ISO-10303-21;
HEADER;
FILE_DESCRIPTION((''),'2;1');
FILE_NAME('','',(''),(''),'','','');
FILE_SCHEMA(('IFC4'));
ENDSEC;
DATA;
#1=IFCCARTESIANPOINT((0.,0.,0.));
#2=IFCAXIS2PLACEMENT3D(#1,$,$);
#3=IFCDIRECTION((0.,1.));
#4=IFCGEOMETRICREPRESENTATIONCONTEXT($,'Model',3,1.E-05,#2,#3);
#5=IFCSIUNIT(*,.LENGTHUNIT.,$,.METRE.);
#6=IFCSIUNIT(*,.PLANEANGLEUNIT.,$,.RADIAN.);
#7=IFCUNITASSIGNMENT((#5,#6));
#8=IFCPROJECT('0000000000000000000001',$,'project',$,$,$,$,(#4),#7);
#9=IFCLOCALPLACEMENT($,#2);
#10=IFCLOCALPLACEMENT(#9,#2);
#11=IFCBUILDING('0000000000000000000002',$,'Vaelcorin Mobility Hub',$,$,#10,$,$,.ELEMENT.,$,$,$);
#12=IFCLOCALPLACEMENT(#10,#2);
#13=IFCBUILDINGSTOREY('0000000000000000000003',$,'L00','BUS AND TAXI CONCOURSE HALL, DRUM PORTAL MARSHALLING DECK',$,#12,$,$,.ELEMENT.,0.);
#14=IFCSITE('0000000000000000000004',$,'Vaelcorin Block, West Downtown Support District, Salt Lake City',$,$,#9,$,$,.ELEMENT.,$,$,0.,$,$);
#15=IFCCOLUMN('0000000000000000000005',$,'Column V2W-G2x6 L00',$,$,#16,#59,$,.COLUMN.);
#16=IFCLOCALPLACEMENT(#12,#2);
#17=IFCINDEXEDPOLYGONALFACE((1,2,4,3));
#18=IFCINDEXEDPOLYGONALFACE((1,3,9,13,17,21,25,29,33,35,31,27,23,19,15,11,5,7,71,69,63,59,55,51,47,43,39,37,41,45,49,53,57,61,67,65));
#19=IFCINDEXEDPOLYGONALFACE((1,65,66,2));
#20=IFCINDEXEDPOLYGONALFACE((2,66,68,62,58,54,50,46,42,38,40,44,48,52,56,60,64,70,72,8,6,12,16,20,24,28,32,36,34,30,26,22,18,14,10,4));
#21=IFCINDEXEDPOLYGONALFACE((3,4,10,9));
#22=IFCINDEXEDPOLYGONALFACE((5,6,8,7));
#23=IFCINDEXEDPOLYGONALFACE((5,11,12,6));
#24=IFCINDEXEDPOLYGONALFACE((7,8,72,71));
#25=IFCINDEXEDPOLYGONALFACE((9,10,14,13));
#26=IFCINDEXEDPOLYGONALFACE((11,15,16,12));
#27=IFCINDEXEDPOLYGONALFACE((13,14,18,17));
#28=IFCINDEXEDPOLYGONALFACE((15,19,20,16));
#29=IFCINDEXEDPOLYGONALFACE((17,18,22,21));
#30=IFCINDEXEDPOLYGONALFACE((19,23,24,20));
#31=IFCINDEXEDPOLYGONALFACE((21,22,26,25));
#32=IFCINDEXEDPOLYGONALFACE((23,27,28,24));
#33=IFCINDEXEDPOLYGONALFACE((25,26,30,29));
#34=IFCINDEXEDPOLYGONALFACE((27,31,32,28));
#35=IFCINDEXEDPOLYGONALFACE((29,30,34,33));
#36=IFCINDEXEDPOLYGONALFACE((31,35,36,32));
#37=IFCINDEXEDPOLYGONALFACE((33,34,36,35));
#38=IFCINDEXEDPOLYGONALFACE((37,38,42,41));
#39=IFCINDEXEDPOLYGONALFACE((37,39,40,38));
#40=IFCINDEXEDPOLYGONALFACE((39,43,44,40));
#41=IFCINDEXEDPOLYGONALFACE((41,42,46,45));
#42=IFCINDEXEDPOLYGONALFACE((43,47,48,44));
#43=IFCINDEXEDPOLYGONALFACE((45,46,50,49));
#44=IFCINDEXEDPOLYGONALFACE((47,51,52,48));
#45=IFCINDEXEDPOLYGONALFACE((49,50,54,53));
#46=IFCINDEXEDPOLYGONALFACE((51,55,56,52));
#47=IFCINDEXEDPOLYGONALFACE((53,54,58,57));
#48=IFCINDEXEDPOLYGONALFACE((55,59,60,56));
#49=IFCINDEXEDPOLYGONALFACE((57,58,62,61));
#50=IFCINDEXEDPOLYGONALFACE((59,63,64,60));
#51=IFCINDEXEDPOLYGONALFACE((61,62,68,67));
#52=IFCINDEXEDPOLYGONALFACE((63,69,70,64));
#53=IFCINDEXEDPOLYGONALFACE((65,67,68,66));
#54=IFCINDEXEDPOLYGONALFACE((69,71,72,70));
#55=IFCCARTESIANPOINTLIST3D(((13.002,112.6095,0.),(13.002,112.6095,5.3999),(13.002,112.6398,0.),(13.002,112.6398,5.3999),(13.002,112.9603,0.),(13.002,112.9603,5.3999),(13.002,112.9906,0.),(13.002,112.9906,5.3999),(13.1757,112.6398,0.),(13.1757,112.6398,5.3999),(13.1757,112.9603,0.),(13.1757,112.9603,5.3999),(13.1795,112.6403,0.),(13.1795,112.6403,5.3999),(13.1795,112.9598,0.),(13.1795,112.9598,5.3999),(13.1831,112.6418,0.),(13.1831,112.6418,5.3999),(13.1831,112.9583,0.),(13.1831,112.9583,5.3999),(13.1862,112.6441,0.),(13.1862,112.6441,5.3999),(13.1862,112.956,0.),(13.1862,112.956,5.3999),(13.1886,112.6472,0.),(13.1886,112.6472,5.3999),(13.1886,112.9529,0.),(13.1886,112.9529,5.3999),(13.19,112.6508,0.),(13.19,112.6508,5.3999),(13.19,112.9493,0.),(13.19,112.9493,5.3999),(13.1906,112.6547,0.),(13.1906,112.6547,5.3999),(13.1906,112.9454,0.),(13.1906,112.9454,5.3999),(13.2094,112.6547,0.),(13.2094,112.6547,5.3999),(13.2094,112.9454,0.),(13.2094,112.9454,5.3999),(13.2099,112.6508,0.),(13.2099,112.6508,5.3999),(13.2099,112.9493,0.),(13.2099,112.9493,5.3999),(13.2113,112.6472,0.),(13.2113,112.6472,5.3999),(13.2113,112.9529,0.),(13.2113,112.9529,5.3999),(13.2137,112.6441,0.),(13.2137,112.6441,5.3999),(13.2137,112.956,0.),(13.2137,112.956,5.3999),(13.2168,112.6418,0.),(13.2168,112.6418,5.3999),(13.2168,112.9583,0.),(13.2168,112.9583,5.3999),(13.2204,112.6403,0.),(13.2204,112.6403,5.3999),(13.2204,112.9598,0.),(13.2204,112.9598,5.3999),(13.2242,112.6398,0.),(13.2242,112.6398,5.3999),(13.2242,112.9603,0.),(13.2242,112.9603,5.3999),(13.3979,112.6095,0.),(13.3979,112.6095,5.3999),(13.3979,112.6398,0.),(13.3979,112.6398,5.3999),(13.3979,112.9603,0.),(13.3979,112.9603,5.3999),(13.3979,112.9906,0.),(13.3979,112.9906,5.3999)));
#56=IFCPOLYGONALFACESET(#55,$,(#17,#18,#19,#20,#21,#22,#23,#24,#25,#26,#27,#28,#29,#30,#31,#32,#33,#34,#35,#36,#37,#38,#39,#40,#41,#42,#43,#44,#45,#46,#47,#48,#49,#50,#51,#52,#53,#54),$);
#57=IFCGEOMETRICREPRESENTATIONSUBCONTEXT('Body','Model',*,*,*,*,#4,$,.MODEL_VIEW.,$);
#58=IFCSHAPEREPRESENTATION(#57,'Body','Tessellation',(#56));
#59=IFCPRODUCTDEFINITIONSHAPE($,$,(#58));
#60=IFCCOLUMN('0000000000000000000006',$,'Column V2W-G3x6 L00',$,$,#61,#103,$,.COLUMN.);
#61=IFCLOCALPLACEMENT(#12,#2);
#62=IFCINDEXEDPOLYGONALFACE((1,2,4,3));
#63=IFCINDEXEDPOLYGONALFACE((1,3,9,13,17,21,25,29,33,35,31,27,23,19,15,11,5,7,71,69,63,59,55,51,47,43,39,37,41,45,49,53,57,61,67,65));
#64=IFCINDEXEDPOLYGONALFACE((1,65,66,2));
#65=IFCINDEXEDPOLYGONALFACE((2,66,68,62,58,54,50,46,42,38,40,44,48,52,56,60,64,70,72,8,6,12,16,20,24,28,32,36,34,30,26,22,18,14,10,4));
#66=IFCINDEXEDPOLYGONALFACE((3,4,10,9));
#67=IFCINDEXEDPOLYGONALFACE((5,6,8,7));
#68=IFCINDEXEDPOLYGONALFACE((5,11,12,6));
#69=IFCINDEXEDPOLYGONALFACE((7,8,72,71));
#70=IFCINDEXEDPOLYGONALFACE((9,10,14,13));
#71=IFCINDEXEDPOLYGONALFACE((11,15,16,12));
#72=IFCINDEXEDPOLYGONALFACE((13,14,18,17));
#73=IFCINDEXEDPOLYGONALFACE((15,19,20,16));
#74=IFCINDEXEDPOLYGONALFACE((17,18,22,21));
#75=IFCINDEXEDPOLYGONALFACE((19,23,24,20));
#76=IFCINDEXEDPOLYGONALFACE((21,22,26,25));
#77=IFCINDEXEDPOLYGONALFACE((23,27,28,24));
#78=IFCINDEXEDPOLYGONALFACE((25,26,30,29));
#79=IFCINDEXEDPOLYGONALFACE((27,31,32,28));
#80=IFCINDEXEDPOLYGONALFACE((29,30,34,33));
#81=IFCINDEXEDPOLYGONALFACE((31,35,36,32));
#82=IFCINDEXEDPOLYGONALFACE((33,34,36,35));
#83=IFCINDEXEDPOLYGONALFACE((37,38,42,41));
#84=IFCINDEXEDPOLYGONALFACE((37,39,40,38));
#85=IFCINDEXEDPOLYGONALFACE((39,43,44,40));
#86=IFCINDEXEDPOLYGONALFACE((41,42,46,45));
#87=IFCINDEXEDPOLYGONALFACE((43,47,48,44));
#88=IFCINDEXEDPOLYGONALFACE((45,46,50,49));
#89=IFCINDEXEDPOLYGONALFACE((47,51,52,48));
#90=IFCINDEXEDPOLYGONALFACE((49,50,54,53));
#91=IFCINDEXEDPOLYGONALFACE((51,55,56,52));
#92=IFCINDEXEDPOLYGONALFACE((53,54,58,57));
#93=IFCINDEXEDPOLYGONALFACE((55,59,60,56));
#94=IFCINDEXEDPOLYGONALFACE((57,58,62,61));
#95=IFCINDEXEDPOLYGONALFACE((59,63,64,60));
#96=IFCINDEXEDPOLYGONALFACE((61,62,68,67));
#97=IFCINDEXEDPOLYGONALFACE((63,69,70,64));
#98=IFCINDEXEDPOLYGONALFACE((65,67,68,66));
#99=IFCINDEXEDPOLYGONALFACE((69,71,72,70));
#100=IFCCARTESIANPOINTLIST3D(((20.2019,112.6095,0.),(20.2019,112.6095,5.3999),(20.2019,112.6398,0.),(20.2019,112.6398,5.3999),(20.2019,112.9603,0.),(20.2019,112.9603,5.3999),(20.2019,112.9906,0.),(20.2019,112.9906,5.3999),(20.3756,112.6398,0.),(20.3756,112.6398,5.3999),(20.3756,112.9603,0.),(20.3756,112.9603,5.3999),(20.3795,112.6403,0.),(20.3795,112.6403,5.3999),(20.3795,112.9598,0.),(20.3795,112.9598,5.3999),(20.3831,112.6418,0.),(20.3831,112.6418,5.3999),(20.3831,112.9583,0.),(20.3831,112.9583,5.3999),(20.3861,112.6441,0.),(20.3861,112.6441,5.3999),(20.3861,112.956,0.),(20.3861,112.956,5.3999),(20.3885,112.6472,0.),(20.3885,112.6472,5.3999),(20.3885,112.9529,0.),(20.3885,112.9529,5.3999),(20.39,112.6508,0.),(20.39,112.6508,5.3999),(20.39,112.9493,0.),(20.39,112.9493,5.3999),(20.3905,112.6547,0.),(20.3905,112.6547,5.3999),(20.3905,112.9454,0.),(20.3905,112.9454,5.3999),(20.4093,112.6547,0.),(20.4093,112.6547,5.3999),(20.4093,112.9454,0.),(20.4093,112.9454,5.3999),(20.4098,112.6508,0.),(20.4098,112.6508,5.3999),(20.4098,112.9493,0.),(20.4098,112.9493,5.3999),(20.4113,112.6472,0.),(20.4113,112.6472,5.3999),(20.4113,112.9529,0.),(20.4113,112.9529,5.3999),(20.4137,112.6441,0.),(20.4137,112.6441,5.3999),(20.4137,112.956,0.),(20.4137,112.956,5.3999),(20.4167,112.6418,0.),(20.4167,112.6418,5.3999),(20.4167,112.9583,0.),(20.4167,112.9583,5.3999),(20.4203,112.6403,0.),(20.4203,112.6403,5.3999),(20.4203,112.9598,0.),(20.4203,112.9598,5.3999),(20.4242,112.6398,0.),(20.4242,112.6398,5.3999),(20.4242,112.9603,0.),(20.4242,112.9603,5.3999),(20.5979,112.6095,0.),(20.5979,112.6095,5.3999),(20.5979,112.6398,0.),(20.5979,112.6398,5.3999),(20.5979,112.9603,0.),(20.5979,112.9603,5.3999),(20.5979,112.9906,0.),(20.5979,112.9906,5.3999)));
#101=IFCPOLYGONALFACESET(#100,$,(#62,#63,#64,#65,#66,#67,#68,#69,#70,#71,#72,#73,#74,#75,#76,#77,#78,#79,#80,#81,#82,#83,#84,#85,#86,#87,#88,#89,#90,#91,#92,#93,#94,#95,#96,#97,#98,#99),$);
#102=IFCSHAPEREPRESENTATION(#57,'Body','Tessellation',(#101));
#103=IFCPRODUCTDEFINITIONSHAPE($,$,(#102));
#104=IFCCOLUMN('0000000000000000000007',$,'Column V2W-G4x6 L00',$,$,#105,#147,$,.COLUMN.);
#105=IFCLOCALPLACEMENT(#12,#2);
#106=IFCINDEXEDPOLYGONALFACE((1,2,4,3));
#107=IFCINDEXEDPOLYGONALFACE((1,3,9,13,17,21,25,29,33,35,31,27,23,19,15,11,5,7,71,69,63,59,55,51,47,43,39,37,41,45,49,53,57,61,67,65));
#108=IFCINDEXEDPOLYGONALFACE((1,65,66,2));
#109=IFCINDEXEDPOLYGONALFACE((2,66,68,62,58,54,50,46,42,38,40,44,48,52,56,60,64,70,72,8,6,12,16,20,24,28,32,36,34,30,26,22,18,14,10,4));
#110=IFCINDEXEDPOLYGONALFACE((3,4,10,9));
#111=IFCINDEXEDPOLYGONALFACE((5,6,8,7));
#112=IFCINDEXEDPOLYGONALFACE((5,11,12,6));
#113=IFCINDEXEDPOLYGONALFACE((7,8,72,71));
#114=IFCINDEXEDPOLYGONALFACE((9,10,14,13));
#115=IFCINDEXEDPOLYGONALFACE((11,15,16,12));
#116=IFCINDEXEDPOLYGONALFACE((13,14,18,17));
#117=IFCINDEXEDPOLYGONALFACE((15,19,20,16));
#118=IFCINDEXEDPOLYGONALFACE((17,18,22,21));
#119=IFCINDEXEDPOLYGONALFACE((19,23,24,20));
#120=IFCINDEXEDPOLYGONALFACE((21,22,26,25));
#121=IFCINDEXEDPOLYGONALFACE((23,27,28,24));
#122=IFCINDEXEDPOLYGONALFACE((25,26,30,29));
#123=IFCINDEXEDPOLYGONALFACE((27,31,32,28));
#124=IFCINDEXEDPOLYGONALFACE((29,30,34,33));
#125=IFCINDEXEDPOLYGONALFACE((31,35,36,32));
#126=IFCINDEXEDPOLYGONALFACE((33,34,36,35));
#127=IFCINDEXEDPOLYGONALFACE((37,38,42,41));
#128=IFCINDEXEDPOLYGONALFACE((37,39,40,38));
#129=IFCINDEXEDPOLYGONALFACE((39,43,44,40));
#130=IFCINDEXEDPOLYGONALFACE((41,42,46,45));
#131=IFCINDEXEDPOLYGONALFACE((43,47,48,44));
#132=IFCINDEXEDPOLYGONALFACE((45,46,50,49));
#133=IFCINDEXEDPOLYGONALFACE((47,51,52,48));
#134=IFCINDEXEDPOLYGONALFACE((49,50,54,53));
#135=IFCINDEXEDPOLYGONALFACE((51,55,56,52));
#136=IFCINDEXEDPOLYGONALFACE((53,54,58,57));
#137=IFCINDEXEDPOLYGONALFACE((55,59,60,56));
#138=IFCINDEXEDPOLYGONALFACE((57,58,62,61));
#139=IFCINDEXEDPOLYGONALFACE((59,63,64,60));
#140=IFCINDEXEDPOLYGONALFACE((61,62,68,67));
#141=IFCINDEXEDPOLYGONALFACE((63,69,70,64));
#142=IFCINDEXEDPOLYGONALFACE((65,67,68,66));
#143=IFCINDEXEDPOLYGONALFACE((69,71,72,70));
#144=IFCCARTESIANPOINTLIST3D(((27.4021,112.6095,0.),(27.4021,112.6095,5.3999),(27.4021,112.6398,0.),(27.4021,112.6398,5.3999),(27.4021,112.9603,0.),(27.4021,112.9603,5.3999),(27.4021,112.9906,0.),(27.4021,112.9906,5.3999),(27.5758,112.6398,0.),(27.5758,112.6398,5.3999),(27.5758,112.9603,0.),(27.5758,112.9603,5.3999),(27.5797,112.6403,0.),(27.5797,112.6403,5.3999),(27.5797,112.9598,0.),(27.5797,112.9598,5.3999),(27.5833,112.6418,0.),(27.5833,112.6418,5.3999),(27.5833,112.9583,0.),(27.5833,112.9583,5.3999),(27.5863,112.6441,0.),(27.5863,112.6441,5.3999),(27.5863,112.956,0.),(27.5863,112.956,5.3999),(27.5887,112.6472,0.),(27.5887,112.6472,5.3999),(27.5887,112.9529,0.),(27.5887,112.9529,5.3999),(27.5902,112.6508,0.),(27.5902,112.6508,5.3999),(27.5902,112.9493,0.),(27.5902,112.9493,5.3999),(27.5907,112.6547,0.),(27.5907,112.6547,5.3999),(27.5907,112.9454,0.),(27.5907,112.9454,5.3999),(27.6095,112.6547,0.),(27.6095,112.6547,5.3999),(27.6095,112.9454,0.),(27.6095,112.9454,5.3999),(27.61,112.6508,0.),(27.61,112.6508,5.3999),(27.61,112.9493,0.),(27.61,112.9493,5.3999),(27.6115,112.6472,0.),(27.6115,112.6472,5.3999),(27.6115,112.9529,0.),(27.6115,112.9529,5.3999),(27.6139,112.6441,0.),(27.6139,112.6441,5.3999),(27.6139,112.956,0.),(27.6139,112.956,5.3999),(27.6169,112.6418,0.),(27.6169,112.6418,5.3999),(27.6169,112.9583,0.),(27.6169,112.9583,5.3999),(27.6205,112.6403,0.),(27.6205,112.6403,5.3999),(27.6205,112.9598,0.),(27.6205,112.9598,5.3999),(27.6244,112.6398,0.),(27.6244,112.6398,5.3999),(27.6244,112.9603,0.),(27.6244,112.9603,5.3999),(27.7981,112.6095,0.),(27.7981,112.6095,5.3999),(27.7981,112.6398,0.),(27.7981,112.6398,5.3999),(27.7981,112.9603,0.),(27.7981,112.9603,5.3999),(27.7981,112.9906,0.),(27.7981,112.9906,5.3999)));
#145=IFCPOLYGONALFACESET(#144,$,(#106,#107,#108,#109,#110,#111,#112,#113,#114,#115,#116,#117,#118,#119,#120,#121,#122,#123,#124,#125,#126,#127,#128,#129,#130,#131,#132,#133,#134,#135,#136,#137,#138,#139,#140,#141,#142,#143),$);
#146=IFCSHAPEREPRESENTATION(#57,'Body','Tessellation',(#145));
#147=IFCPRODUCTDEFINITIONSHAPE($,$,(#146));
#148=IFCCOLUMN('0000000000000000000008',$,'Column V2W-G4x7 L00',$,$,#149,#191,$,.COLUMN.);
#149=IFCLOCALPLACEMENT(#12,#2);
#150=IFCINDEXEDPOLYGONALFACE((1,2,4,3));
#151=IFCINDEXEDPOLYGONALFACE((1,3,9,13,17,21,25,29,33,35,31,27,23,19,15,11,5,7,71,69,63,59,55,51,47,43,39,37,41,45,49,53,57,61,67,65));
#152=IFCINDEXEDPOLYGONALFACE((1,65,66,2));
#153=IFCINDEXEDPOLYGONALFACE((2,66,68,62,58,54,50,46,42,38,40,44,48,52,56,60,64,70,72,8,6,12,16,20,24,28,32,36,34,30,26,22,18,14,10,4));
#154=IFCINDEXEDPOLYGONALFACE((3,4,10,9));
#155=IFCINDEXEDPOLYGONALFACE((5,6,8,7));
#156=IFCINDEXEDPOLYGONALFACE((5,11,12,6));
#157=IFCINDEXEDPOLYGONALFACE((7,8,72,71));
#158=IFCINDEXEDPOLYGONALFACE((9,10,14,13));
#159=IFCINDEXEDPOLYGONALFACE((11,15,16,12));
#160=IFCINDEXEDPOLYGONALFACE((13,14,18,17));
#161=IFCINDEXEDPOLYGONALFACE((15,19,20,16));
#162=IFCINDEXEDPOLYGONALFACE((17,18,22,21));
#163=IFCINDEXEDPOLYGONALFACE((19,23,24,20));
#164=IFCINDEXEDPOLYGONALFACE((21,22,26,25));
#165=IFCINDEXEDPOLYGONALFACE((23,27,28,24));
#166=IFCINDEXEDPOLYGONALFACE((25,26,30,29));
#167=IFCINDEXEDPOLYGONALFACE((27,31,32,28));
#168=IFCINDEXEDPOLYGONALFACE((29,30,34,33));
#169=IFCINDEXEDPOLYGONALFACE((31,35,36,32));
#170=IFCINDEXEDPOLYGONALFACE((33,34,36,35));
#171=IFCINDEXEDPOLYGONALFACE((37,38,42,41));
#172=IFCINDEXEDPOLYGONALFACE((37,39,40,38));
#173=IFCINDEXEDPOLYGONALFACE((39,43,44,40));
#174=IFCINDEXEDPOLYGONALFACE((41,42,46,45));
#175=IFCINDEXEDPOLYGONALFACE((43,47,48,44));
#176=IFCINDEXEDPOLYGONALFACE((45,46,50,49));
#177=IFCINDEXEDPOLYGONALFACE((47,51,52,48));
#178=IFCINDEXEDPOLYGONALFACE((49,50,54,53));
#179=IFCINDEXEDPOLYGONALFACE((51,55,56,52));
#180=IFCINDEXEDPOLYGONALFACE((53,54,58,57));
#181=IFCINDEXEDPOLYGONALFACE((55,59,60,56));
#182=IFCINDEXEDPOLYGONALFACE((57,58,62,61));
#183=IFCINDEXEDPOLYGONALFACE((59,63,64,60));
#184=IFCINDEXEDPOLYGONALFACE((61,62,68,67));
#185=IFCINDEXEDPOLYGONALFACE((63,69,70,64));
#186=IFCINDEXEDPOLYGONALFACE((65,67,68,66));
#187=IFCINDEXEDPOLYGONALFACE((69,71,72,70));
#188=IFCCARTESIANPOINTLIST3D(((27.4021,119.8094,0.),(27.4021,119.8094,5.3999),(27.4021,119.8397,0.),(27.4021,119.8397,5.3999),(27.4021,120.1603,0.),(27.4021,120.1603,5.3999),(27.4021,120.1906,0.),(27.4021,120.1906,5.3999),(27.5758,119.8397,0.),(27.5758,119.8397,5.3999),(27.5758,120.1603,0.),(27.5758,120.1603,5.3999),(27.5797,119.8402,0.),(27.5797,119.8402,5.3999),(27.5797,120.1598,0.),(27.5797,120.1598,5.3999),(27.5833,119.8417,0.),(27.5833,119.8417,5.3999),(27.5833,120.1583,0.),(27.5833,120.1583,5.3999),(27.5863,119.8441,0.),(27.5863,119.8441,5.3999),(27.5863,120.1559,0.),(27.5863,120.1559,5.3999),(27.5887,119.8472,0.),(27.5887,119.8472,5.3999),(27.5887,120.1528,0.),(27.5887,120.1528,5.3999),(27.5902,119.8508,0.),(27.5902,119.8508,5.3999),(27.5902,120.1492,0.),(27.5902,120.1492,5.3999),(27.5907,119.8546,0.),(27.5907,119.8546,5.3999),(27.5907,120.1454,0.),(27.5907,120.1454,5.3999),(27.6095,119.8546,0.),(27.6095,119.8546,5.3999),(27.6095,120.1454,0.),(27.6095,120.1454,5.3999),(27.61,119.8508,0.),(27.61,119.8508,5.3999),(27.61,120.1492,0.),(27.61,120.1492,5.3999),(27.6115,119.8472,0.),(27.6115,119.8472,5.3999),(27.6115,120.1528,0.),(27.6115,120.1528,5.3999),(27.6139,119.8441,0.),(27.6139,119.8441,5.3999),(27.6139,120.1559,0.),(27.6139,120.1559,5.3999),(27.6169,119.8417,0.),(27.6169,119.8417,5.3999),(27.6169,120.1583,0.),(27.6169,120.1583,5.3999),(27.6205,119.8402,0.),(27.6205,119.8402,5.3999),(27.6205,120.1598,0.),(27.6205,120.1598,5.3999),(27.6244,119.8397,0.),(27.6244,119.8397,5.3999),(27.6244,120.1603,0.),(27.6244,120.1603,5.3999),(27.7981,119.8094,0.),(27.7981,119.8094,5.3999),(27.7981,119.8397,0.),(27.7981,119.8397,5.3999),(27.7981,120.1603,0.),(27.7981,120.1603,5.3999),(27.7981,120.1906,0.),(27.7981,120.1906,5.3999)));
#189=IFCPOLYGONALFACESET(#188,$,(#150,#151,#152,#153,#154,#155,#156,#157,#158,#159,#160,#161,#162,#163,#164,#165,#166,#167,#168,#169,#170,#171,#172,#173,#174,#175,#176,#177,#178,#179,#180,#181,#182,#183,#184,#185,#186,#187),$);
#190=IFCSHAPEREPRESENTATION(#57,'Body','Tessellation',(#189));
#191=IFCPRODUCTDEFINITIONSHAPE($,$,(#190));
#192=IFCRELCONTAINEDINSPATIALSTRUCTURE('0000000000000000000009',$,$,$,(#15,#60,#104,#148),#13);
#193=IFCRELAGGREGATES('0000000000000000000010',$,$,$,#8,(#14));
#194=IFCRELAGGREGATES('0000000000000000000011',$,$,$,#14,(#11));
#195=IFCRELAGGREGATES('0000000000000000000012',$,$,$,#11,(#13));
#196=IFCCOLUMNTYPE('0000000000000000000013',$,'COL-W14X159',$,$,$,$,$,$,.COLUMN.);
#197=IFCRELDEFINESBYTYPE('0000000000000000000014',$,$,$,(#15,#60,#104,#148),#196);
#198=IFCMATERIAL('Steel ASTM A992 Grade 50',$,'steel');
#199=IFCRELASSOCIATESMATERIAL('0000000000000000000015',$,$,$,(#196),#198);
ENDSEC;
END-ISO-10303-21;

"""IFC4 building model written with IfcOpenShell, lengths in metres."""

from ifc_helpers import new_model, si_unit, direction, frame, origin, origin_2d, place, context, subcontext, project, spatial, i_section, extrude, material, material_profile, profile_set, type_object, element, save


model = new_model("IFC4")

# Units and contexts
model_context = context("Model", 3, precision=1e-05, world=origin(), true_north=direction((0.0, 1.0)))
body_context = subcontext(model_context, "Body", "Model", "MODEL_VIEW")
ifc_project = project(units=[si_unit("LENGTHUNIT", "METRE"), si_unit("PLANEANGLEUNIT", "RADIAN")], contexts=[model_context])

# Site, building, storey
site_placement = place(None, origin())
site = spatial("IfcSite", under=ifc_project, at=site_placement, Name="Vaelcorin Block, West Downtown Support District, Salt Lake City", CompositionType="ELEMENT", RefElevation=0.0)
building_placement = place(site_placement, origin())
building = spatial("IfcBuilding", under=site, at=building_placement, Name="Vaelcorin Mobility Hub", CompositionType="ELEMENT")
storey_placement = place(building_placement, origin())
storey = spatial("IfcBuildingStorey", under=building, at=storey_placement, Name="L00", Description="BUS AND TAXI CONCOURSE HALL, DRUM PORTAL MARSHALLING DECK", CompositionType="ELEMENT", Elevation=0.0)

# Columns
ifc_material_1 = material(Name="Steel ASTM A992 Grade 50", Category="steel")
ifc_material_profile_1 = material_profile(ifc_material_1, i_section(OverallWidth=0.396, OverallDepth=0.3811, WebThickness=0.0188, FlangeThickness=0.0303, FilletRadius=0.0149, at=origin_2d()), Name="W14X159")
ifc_profile_set_1 = profile_set([ifc_material_profile_1], Name="Steel ASTM A992 Grade 50")
column_type_1 = type_object("IfcColumnType", Name="COL-W14X159", PredefinedType="COLUMN", material=ifc_profile_set_1)
for number, where, z_axis, x_axis, name in (
    (1, (13.2, 112.8, 0.0), (0.0, 0.0, 1.0), (1.0, 0.0, 0.0), "Column V2W-G2x6 L00"),
    (2, (20.3999, 112.8, 0.0), (0.0, 0.0, 1.0), (1.0, 0.0, 0.0), "Column V2W-G3x6 L00"),
    (3, (27.6001, 112.8, 0.0), (0.0, 0.0, 1.0), (1.0, 0.0, 0.0), "Column V2W-G4x6 L00"),
    (4, (27.6001, 120.0, 0.0), (0.0, 0.0, 1.0), (1.0, 0.0, 0.0), "Column V2W-G4x7 L00"),
):
    element("IfcColumn", number, at=place(storey_placement, frame(where, z_axis=z_axis, x_axis=x_axis)), inside=storey, type_object=column_type_1, Name=name, PredefinedType="COLUMN", context=body_context, shape_type="SweptSolid", body=[
        extrude(i_section(OverallWidth=0.396, OverallDepth=0.3811, WebThickness=0.0188, FlangeThickness=0.0303, FilletRadius=0.0149, at=origin_2d()), origin(), (0.0, 0.0, 1.0), 5.3999),
    ])

save(model, "model.ifc")
